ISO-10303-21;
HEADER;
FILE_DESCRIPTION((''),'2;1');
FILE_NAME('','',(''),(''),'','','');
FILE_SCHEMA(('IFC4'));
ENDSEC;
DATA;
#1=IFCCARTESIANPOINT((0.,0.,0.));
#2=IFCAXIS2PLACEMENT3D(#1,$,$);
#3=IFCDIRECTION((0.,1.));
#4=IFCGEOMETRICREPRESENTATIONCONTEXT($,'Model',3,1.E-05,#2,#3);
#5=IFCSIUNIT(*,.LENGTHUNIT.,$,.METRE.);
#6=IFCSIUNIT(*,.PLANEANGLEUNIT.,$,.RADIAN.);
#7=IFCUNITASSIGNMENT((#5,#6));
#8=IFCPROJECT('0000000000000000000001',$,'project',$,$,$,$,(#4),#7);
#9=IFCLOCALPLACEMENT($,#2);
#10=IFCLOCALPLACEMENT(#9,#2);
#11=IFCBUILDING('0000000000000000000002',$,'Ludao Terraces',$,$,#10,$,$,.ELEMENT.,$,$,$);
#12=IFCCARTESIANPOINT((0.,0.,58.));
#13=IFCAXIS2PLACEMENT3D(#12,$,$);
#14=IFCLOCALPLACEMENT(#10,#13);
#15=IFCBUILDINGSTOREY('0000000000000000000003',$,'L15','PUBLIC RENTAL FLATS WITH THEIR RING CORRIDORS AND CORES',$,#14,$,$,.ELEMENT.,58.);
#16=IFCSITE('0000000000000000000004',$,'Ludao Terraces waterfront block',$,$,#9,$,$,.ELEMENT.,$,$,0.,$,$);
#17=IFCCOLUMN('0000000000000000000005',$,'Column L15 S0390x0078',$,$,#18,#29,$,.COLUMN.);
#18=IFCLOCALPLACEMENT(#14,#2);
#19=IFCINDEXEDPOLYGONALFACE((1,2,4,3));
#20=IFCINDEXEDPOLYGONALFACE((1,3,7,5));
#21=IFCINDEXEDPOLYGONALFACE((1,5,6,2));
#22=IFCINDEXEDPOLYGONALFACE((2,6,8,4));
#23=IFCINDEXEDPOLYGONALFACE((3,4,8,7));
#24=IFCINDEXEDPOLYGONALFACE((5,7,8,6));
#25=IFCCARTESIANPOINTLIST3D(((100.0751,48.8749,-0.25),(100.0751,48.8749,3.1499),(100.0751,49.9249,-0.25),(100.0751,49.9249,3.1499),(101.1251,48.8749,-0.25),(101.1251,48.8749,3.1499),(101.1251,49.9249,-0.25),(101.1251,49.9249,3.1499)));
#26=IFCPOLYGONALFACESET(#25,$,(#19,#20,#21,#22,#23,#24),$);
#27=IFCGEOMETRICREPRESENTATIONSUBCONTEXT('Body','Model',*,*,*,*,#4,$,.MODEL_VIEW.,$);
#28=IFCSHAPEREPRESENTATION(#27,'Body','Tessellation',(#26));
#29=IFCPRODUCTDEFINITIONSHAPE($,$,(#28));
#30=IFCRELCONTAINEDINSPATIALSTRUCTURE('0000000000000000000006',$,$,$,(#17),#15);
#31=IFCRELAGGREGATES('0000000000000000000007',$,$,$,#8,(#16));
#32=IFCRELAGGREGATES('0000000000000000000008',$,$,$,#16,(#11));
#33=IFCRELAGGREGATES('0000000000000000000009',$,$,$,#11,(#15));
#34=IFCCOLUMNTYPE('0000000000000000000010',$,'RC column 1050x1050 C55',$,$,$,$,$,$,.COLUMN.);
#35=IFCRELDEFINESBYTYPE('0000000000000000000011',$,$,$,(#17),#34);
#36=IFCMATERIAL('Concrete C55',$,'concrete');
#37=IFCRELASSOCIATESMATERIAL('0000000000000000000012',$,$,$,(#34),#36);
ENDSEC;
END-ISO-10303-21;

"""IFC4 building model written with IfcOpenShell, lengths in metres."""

from ifc_helpers import new_model, si_unit, direction, frame, origin, origin_2d, place, context, subcontext, project, spatial, rectangle, extrude, material, material_profile, profile_set, type_object, element, save


model = new_model("IFC4")

# Units and contexts
model_context = context("Model", 3, precision=1e-05, world=origin(), true_north=direction((0.0, 1.0)))
body_context = subcontext(model_context, "Body", "Model", "MODEL_VIEW")
ifc_project = project(units=[si_unit("LENGTHUNIT", "METRE"), si_unit("PLANEANGLEUNIT", "RADIAN")], contexts=[model_context])

# Site, building, storey
site_placement = place(None, origin())
site = spatial("IfcSite", under=ifc_project, at=site_placement, Name="Ludao Terraces waterfront block", CompositionType="ELEMENT", RefElevation=0.0)
building_placement = place(site_placement, origin())
building = spatial("IfcBuilding", under=site, at=building_placement, Name="Ludao Terraces", CompositionType="ELEMENT")
storey_placement = place(building_placement, frame((0.0, 0.0, 58.0)))
storey = spatial("IfcBuildingStorey", under=building, at=storey_placement, Name="L15", Description="PUBLIC RENTAL FLATS WITH THEIR RING CORRIDORS AND CORES", CompositionType="ELEMENT", Elevation=58.0)

# Column
ifc_material_1 = material(Name="Concrete C55", Category="concrete")
ifc_material_profile = material_profile(ifc_material_1, rectangle(XDim=1.05, YDim=1.05, at=origin_2d()), Name="1050 X 1050")
ifc_profile_set = profile_set([ifc_material_profile], Name="Concrete C55")
column_type = type_object("IfcColumnType", Name="RC column 1050x1050 C55", PredefinedType="COLUMN", material=ifc_profile_set)
column_placement = place(storey_placement, frame((100.6001, 49.3999, -0.25), z_axis=(0.0, 0.0, 1.0), x_axis=(1.0, 0.0, 0.0)))
element("IfcColumn", 1, at=column_placement, inside=storey, type_object=column_type, Name="Column L15 S0390x0078", PredefinedType="COLUMN", context=body_context, shape_type="SweptSolid", body=[
    extrude(rectangle(XDim=1.05, YDim=1.05, at=origin_2d()), origin(), (0.0, 0.0, 1.0), 3.3999),
])

save(model, "model.ifc")
